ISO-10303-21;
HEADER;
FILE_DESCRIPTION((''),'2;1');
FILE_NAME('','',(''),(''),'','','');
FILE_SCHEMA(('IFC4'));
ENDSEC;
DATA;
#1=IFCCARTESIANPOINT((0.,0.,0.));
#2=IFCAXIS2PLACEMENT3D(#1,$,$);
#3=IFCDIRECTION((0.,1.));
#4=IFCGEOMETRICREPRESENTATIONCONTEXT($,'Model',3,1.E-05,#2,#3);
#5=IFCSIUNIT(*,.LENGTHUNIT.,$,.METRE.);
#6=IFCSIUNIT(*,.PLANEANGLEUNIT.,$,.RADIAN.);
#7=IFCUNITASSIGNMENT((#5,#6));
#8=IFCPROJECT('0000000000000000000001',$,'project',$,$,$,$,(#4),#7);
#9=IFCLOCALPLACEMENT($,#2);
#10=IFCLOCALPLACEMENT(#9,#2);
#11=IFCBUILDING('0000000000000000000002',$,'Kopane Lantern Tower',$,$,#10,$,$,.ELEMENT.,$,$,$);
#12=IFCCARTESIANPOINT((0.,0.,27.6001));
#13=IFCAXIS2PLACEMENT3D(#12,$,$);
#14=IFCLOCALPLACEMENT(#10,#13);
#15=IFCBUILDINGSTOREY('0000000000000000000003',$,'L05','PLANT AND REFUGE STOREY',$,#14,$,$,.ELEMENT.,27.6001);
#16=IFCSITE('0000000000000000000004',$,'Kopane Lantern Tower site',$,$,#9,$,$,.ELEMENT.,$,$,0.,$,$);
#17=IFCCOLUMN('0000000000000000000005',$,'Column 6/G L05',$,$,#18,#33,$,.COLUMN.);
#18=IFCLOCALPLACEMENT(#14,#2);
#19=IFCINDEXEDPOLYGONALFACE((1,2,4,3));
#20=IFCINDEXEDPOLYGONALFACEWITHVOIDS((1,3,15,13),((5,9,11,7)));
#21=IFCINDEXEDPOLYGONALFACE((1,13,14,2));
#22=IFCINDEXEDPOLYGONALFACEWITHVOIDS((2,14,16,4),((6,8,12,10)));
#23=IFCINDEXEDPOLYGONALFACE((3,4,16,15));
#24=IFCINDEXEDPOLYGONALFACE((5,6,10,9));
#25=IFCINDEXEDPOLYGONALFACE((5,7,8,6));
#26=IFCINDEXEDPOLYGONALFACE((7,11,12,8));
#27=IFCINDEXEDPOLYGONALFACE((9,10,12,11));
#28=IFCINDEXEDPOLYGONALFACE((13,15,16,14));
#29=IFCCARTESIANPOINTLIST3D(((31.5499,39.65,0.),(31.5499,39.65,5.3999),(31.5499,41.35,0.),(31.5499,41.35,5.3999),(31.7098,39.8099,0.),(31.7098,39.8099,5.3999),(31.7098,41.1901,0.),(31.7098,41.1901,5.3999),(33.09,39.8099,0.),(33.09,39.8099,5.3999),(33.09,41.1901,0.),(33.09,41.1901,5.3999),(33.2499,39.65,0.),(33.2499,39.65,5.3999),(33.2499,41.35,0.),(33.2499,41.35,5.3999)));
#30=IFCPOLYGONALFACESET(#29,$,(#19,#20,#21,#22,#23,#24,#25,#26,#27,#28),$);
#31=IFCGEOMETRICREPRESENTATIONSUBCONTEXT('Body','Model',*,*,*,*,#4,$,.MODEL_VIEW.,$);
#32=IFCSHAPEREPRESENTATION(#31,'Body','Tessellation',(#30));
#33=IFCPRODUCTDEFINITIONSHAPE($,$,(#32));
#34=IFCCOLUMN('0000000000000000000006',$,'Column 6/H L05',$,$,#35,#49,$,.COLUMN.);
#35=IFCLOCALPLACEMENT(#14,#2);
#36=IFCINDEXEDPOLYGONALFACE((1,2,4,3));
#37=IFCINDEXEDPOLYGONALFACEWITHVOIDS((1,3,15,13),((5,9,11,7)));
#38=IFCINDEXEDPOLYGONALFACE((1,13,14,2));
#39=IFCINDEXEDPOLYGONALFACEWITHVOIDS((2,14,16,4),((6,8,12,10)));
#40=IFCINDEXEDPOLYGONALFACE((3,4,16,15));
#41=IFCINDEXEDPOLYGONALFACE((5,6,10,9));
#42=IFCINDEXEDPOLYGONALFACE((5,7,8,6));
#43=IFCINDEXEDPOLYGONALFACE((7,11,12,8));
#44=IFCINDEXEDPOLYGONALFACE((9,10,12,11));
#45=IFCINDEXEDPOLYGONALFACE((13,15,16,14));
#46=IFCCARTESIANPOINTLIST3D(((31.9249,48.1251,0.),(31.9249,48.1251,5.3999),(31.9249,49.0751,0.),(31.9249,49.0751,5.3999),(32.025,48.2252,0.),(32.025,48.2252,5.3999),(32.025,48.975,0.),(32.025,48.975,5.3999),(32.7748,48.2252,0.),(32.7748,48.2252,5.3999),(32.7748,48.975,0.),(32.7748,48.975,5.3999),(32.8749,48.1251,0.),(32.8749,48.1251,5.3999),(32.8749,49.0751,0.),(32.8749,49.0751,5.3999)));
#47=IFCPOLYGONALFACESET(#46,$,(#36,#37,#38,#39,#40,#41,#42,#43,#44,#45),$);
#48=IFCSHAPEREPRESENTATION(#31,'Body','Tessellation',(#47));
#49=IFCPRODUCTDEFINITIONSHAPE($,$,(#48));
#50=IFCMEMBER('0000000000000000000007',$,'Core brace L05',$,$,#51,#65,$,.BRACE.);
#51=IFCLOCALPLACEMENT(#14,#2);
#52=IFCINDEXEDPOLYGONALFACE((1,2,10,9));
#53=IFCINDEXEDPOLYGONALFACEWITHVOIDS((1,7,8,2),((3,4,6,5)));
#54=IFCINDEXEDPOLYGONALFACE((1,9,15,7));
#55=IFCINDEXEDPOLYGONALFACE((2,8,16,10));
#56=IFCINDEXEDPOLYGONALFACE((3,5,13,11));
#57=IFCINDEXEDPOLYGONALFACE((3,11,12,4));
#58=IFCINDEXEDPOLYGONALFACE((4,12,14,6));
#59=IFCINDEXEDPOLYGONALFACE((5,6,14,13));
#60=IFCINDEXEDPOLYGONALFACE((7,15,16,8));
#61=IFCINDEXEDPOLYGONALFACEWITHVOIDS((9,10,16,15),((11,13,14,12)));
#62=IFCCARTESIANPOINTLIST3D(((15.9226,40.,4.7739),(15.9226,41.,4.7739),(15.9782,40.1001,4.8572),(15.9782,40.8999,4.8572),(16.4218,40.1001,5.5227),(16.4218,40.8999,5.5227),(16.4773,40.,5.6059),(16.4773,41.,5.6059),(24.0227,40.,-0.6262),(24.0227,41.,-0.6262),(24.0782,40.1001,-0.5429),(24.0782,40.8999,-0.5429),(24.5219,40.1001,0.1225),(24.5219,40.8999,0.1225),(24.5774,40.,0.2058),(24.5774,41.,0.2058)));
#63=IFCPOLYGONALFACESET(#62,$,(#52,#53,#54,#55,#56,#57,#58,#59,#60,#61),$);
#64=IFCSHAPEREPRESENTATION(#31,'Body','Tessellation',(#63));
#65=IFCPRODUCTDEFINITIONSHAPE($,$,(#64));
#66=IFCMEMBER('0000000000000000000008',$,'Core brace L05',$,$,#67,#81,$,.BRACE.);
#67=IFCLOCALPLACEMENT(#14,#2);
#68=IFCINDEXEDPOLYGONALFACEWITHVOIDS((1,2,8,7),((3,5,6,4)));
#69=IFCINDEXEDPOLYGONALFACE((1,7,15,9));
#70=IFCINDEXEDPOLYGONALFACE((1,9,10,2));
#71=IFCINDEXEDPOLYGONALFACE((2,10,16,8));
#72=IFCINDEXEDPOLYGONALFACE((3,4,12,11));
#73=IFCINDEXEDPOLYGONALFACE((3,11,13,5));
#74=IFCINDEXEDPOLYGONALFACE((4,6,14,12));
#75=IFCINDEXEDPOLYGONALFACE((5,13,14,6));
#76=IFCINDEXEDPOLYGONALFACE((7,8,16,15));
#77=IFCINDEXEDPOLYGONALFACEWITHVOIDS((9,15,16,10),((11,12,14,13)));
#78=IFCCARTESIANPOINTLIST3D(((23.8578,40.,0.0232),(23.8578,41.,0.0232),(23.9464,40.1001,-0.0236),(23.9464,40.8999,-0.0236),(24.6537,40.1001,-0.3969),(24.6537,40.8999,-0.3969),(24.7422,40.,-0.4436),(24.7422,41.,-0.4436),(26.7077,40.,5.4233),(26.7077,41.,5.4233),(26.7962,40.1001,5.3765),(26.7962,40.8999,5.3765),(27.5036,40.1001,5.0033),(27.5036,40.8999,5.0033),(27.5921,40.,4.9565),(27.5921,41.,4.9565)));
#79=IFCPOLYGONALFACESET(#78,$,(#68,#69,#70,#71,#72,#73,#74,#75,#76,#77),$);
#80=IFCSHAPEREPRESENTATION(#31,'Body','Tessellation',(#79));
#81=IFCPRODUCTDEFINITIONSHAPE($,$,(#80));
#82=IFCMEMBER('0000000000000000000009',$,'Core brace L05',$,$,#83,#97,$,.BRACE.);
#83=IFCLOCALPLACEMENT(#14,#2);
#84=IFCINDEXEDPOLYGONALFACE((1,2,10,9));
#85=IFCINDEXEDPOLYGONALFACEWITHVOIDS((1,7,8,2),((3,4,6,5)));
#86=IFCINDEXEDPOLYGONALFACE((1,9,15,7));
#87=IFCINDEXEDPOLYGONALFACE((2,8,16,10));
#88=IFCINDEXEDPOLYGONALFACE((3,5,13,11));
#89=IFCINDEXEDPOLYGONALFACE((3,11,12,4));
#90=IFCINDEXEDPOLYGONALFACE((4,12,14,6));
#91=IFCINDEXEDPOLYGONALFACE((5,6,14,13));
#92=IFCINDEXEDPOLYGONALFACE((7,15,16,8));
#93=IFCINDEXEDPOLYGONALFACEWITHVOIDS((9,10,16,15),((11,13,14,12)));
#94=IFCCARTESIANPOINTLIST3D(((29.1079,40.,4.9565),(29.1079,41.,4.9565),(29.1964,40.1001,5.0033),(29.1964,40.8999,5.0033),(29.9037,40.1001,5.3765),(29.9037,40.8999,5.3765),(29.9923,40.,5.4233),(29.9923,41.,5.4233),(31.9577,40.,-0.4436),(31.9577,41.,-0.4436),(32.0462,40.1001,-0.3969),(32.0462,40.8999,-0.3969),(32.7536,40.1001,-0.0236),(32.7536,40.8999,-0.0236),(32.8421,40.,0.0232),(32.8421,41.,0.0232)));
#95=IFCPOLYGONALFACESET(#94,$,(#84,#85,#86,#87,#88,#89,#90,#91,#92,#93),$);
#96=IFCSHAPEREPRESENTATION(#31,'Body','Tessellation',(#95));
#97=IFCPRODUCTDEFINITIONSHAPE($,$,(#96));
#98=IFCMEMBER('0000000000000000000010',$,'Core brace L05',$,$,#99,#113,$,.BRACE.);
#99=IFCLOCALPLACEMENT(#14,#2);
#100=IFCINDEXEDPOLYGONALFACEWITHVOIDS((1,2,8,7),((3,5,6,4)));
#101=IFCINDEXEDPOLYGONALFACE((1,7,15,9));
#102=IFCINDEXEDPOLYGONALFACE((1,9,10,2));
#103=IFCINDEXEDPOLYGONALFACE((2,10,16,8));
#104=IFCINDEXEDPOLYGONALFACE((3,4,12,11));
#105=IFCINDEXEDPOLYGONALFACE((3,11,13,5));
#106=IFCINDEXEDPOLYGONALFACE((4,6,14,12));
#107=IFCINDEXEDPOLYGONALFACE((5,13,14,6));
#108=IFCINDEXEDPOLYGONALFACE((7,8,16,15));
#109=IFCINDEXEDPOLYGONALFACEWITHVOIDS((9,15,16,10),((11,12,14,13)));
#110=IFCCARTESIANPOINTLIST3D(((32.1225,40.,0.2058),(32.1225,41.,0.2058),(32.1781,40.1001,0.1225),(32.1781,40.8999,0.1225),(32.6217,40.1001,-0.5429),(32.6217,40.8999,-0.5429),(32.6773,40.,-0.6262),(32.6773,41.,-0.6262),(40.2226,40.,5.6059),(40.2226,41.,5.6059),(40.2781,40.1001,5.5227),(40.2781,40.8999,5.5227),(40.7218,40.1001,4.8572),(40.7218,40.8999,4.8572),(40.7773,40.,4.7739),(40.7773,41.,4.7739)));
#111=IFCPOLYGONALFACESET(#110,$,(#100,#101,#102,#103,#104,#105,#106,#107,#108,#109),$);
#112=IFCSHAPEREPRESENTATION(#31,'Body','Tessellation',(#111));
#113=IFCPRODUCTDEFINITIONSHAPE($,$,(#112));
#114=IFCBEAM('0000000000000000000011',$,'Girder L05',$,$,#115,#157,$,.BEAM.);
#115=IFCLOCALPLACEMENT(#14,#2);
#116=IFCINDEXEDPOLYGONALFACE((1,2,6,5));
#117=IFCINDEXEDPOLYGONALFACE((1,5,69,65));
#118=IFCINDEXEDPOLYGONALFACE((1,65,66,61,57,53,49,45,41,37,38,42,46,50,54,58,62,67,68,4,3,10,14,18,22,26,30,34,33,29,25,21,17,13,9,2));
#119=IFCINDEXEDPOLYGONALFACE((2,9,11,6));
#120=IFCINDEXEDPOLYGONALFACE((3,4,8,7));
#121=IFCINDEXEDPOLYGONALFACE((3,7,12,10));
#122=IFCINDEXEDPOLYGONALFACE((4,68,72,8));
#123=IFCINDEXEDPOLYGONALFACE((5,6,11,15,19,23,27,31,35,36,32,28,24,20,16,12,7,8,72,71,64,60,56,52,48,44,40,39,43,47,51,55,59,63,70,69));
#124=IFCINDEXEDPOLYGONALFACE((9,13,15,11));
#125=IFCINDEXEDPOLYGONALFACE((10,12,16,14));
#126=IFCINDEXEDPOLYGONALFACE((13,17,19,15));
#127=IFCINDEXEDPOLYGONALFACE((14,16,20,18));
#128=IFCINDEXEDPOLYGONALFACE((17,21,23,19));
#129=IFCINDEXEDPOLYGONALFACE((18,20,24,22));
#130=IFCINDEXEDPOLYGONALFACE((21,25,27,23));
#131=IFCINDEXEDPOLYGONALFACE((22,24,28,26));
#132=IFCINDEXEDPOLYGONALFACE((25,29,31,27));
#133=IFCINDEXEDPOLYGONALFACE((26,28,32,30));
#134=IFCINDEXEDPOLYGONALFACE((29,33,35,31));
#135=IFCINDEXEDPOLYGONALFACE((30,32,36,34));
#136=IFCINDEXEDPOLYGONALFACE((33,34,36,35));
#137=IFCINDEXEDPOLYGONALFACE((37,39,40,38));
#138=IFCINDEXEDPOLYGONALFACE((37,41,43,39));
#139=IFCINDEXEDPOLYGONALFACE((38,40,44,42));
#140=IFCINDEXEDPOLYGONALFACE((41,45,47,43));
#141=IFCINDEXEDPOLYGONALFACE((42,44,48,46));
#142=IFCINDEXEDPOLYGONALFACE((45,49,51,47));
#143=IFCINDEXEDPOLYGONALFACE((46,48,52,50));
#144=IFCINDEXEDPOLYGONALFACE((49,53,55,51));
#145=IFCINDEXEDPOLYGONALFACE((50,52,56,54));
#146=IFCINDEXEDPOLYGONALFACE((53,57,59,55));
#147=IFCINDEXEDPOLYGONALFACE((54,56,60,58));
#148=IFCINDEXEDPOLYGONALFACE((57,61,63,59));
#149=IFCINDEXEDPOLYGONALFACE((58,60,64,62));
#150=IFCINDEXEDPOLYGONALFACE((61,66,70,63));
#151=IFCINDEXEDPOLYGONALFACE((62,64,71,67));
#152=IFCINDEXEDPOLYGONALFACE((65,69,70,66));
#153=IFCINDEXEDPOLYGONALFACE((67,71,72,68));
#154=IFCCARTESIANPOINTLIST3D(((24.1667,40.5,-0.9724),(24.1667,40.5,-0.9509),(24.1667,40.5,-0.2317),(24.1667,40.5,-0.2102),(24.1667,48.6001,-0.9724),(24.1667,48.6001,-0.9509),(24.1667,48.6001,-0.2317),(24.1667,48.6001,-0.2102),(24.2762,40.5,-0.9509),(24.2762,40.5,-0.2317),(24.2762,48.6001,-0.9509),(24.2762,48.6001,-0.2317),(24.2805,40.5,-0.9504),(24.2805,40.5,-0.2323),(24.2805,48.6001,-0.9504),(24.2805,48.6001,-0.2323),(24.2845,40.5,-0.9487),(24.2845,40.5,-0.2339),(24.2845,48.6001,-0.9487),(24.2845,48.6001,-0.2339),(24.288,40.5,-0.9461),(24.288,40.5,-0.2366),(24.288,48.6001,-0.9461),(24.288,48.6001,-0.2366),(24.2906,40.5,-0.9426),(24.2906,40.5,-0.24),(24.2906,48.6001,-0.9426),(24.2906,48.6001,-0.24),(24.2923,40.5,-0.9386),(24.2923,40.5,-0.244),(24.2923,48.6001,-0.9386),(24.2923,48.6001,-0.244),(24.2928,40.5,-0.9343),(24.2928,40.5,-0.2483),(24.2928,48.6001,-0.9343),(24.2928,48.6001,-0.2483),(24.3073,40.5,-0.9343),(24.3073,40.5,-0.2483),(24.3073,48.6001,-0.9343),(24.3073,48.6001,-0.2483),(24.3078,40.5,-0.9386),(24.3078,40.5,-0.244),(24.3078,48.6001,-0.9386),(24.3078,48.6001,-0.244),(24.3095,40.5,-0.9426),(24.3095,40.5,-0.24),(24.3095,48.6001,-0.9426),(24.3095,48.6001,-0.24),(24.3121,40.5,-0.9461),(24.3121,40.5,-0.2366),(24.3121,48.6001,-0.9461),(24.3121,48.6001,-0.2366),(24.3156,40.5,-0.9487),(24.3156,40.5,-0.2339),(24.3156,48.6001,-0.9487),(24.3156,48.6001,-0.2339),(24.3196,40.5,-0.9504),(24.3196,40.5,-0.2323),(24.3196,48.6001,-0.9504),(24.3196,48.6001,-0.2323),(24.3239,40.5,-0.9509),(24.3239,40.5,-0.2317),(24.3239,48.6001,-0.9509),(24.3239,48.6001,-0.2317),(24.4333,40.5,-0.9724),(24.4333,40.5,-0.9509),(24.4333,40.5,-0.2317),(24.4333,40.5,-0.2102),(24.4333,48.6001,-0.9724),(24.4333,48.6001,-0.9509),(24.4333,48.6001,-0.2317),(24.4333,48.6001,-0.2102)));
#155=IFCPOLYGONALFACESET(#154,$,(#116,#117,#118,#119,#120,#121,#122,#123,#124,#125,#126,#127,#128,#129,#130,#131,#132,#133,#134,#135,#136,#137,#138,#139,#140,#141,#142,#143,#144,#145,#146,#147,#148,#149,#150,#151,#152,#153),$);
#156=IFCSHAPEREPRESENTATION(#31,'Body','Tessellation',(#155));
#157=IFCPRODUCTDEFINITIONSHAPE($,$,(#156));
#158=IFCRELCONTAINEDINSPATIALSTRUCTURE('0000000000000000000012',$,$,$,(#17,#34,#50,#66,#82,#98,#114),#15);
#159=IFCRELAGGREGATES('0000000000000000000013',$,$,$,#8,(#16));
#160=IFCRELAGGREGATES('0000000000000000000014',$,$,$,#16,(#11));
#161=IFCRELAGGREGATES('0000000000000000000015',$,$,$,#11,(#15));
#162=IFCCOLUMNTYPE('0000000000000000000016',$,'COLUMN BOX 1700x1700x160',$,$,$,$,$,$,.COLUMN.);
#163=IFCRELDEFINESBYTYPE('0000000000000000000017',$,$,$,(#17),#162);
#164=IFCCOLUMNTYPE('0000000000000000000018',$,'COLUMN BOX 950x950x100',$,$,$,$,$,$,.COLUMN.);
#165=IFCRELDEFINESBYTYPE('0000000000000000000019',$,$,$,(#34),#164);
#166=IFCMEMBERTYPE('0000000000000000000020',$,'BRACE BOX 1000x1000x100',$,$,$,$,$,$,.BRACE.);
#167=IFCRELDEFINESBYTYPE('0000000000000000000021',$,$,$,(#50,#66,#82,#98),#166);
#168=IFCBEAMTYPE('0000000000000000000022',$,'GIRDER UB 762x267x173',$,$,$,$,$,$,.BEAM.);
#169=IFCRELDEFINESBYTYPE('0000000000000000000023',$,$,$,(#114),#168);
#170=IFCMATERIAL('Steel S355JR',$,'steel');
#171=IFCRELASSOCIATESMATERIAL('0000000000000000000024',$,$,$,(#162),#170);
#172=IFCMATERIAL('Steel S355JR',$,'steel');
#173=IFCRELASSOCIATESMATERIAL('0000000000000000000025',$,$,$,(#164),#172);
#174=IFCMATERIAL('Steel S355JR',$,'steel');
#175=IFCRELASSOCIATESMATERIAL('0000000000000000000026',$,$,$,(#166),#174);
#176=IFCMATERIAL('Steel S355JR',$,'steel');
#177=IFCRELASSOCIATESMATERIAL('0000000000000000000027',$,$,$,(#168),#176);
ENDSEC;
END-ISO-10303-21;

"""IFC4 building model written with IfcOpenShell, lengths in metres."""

from ifc_helpers import new_model, si_unit, direction, frame, origin, origin_2d, place, context, subcontext, project, spatial, hollow_rectangle, i_section, extrude, material, material_profile, profile_set, type_object, element, save


model = new_model("IFC4")

# Units and contexts
model_context = context("Model", 3, precision=1e-05, world=origin(), true_north=direction((0.0, 1.0)))
body_context = subcontext(model_context, "Body", "Model", "MODEL_VIEW")
ifc_project = project(units=[si_unit("LENGTHUNIT", "METRE"), si_unit("PLANEANGLEUNIT", "RADIAN")], contexts=[model_context])

# Site, building, storey
site_placement = place(None, origin())
site = spatial("IfcSite", under=ifc_project, at=site_placement, Name="Kopane Lantern Tower site", CompositionType="ELEMENT", RefElevation=0.0)
building_placement = place(site_placement, origin())
building = spatial("IfcBuilding", under=site, at=building_placement, Name="Kopane Lantern Tower", CompositionType="ELEMENT")
storey_placement = place(building_placement, frame((0.0, 0.0, 27.6001)))
storey = spatial("IfcBuildingStorey", under=building, at=storey_placement, Name="L05", Description="PLANT AND REFUGE STOREY", CompositionType="ELEMENT", Elevation=27.6001)

# Columns
ifc_material_1 = material(Name="Steel S355JR", Category="steel")
ifc_material_profile_1 = material_profile(ifc_material_1, hollow_rectangle(XDim=1.7, YDim=1.7, WallThickness=0.1599, at=origin_2d()), Name="BOX 1700x1700x160")
ifc_profile_set_1 = profile_set([ifc_material_profile_1], Name="Steel S355JR")
column_type_1 = type_object("IfcColumnType", Name="COLUMN BOX 1700x1700x160", PredefinedType="COLUMN", material=ifc_profile_set_1)
column_1_placement = place(storey_placement, frame((32.3999, 40.5, 0.0), z_axis=(0.0, 0.0, 1.0), x_axis=(1.0, 0.0, 0.0)))
element("IfcColumn", 1, at=column_1_placement, inside=storey, type_object=column_type_1, Name="Column 6/G L05", PredefinedType="COLUMN", context=body_context, shape_type="SweptSolid", body=[
    extrude(hollow_rectangle(XDim=1.7, YDim=1.7, WallThickness=0.1599, at=origin_2d()), origin(), (0.0, 0.0, 1.0), 5.3999),
])
ifc_material_2 = material(Name="Steel S355JR", Category="steel")
ifc_material_profile_2 = material_profile(ifc_material_2, hollow_rectangle(XDim=0.95, YDim=0.95, WallThickness=0.1001, at=origin_2d()), Name="BOX 950x950x100")
ifc_profile_set_2 = profile_set([ifc_material_profile_2], Name="Steel S355JR")
column_type_2 = type_object("IfcColumnType", Name="COLUMN BOX 950x950x100", PredefinedType="COLUMN", material=ifc_profile_set_2)
column_2_placement = place(storey_placement, frame((32.3999, 48.6001, 0.0), z_axis=(0.0, 0.0, 1.0), x_axis=(1.0, 0.0, 0.0)))
element("IfcColumn", 2, at=column_2_placement, inside=storey, type_object=column_type_2, Name="Column 6/H L05", PredefinedType="COLUMN", context=body_context, shape_type="SweptSolid", body=[
    extrude(hollow_rectangle(XDim=0.95, YDim=0.95, WallThickness=0.1001, at=origin_2d()), origin(), (0.0, 0.0, 1.0), 5.3999),
])

# Members
ifc_material_3 = material(Name="Steel S355JR", Category="steel")
ifc_material_profile_3 = material_profile(ifc_material_3, hollow_rectangle(XDim=1.0, YDim=1.0, WallThickness=0.1001, at=origin_2d()), Name="BOX 1000x1000x100")
ifc_profile_set_3 = profile_set([ifc_material_profile_3], Name="Steel S355JR")
member_type = type_object("IfcMemberType", Name="BRACE BOX 1000x1000x100", PredefinedType="BRACE", material=ifc_profile_set_3)
member_1_placement = place(storey_placement, frame((24.3, 40.5, -0.2102), z_axis=(-0.832046, 0.0, 0.554706), x_axis=(0.0, -1.0, 0.0)))
element("IfcMember", 3, at=member_1_placement, inside=storey, type_object=member_type, Name="Core brace L05", PredefinedType="BRACE", context=body_context, shape_type="SweptSolid", body=[
    extrude(hollow_rectangle(XDim=1.0, YDim=1.0, WallThickness=0.1001, at=origin_2d()), origin(), (0.0, 0.0, 1.0), 9.7351),
])
for number, where, z_axis, x_axis, name in (
    (4, (24.3, 40.5, -0.2102), (0.46673, 0.0, 0.8844), (0.0, 1.0, 0.0), "Core brace L05"),
    (5, (32.3999, 40.5, -0.2102), (-0.46673, 0.0, 0.8844), (0.0, -1.0, 0.0), "Core brace L05"),
):
    element("IfcMember", number, at=place(storey_placement, frame(where, z_axis=z_axis, x_axis=x_axis)), inside=storey, type_object=member_type, Name=name, PredefinedType="BRACE", context=body_context, shape_type="SweptSolid", body=[
        extrude(hollow_rectangle(XDim=1.0, YDim=1.0, WallThickness=0.1001, at=origin_2d()), origin(), (0.0, 0.0, 1.0), 6.106),
    ])
member_2_placement = place(storey_placement, frame((32.3999, 40.5, -0.2102), z_axis=(0.832046, 0.0, 0.554706), x_axis=(0.0, 1.0, 0.0)))
element("IfcMember", 6, at=member_2_placement, inside=storey, type_object=member_type, Name="Core brace L05", PredefinedType="BRACE", context=body_context, shape_type="SweptSolid", body=[
    extrude(hollow_rectangle(XDim=1.0, YDim=1.0, WallThickness=0.1001, at=origin_2d()), origin(), (0.0, 0.0, 1.0), 9.7351),
])

# Beam
ifc_material_4 = material(Name="Steel S355JR", Category="steel")
ifc_material_profile_4 = material_profile(ifc_material_4, i_section(OverallWidth=0.2666, OverallDepth=0.7622, WebThickness=0.0144, FlangeThickness=0.0215, FilletRadius=0.0166, at=origin_2d()), Name="UB 762x267x173")
ifc_profile_set_4 = profile_set([ifc_material_profile_4], Name="Steel S355JR")
beam_type_1 = type_object("IfcBeamType", Name="GIRDER UB 762x267x173", PredefinedType="BEAM", material=ifc_profile_set_4)
beam_1_placement = place(storey_placement, frame((24.3, 40.5, -0.5913), z_axis=(0.0, 1.0, 0.0), x_axis=(-1.0, 0.0, 0.0)))
element("IfcBeam", 7, at=beam_1_placement, inside=storey, type_object=beam_type_1, Name="Girder L05", PredefinedType="BEAM", context=body_context, shape_type="SweptSolid", body=[
    extrude(i_section(OverallWidth=0.2666, OverallDepth=0.7622, WebThickness=0.0144, FlangeThickness=0.0215, FilletRadius=0.0166, at=origin_2d()), origin(), (0.0, 0.0, 1.0), 8.1001),
])

save(model, "model.ifc")
